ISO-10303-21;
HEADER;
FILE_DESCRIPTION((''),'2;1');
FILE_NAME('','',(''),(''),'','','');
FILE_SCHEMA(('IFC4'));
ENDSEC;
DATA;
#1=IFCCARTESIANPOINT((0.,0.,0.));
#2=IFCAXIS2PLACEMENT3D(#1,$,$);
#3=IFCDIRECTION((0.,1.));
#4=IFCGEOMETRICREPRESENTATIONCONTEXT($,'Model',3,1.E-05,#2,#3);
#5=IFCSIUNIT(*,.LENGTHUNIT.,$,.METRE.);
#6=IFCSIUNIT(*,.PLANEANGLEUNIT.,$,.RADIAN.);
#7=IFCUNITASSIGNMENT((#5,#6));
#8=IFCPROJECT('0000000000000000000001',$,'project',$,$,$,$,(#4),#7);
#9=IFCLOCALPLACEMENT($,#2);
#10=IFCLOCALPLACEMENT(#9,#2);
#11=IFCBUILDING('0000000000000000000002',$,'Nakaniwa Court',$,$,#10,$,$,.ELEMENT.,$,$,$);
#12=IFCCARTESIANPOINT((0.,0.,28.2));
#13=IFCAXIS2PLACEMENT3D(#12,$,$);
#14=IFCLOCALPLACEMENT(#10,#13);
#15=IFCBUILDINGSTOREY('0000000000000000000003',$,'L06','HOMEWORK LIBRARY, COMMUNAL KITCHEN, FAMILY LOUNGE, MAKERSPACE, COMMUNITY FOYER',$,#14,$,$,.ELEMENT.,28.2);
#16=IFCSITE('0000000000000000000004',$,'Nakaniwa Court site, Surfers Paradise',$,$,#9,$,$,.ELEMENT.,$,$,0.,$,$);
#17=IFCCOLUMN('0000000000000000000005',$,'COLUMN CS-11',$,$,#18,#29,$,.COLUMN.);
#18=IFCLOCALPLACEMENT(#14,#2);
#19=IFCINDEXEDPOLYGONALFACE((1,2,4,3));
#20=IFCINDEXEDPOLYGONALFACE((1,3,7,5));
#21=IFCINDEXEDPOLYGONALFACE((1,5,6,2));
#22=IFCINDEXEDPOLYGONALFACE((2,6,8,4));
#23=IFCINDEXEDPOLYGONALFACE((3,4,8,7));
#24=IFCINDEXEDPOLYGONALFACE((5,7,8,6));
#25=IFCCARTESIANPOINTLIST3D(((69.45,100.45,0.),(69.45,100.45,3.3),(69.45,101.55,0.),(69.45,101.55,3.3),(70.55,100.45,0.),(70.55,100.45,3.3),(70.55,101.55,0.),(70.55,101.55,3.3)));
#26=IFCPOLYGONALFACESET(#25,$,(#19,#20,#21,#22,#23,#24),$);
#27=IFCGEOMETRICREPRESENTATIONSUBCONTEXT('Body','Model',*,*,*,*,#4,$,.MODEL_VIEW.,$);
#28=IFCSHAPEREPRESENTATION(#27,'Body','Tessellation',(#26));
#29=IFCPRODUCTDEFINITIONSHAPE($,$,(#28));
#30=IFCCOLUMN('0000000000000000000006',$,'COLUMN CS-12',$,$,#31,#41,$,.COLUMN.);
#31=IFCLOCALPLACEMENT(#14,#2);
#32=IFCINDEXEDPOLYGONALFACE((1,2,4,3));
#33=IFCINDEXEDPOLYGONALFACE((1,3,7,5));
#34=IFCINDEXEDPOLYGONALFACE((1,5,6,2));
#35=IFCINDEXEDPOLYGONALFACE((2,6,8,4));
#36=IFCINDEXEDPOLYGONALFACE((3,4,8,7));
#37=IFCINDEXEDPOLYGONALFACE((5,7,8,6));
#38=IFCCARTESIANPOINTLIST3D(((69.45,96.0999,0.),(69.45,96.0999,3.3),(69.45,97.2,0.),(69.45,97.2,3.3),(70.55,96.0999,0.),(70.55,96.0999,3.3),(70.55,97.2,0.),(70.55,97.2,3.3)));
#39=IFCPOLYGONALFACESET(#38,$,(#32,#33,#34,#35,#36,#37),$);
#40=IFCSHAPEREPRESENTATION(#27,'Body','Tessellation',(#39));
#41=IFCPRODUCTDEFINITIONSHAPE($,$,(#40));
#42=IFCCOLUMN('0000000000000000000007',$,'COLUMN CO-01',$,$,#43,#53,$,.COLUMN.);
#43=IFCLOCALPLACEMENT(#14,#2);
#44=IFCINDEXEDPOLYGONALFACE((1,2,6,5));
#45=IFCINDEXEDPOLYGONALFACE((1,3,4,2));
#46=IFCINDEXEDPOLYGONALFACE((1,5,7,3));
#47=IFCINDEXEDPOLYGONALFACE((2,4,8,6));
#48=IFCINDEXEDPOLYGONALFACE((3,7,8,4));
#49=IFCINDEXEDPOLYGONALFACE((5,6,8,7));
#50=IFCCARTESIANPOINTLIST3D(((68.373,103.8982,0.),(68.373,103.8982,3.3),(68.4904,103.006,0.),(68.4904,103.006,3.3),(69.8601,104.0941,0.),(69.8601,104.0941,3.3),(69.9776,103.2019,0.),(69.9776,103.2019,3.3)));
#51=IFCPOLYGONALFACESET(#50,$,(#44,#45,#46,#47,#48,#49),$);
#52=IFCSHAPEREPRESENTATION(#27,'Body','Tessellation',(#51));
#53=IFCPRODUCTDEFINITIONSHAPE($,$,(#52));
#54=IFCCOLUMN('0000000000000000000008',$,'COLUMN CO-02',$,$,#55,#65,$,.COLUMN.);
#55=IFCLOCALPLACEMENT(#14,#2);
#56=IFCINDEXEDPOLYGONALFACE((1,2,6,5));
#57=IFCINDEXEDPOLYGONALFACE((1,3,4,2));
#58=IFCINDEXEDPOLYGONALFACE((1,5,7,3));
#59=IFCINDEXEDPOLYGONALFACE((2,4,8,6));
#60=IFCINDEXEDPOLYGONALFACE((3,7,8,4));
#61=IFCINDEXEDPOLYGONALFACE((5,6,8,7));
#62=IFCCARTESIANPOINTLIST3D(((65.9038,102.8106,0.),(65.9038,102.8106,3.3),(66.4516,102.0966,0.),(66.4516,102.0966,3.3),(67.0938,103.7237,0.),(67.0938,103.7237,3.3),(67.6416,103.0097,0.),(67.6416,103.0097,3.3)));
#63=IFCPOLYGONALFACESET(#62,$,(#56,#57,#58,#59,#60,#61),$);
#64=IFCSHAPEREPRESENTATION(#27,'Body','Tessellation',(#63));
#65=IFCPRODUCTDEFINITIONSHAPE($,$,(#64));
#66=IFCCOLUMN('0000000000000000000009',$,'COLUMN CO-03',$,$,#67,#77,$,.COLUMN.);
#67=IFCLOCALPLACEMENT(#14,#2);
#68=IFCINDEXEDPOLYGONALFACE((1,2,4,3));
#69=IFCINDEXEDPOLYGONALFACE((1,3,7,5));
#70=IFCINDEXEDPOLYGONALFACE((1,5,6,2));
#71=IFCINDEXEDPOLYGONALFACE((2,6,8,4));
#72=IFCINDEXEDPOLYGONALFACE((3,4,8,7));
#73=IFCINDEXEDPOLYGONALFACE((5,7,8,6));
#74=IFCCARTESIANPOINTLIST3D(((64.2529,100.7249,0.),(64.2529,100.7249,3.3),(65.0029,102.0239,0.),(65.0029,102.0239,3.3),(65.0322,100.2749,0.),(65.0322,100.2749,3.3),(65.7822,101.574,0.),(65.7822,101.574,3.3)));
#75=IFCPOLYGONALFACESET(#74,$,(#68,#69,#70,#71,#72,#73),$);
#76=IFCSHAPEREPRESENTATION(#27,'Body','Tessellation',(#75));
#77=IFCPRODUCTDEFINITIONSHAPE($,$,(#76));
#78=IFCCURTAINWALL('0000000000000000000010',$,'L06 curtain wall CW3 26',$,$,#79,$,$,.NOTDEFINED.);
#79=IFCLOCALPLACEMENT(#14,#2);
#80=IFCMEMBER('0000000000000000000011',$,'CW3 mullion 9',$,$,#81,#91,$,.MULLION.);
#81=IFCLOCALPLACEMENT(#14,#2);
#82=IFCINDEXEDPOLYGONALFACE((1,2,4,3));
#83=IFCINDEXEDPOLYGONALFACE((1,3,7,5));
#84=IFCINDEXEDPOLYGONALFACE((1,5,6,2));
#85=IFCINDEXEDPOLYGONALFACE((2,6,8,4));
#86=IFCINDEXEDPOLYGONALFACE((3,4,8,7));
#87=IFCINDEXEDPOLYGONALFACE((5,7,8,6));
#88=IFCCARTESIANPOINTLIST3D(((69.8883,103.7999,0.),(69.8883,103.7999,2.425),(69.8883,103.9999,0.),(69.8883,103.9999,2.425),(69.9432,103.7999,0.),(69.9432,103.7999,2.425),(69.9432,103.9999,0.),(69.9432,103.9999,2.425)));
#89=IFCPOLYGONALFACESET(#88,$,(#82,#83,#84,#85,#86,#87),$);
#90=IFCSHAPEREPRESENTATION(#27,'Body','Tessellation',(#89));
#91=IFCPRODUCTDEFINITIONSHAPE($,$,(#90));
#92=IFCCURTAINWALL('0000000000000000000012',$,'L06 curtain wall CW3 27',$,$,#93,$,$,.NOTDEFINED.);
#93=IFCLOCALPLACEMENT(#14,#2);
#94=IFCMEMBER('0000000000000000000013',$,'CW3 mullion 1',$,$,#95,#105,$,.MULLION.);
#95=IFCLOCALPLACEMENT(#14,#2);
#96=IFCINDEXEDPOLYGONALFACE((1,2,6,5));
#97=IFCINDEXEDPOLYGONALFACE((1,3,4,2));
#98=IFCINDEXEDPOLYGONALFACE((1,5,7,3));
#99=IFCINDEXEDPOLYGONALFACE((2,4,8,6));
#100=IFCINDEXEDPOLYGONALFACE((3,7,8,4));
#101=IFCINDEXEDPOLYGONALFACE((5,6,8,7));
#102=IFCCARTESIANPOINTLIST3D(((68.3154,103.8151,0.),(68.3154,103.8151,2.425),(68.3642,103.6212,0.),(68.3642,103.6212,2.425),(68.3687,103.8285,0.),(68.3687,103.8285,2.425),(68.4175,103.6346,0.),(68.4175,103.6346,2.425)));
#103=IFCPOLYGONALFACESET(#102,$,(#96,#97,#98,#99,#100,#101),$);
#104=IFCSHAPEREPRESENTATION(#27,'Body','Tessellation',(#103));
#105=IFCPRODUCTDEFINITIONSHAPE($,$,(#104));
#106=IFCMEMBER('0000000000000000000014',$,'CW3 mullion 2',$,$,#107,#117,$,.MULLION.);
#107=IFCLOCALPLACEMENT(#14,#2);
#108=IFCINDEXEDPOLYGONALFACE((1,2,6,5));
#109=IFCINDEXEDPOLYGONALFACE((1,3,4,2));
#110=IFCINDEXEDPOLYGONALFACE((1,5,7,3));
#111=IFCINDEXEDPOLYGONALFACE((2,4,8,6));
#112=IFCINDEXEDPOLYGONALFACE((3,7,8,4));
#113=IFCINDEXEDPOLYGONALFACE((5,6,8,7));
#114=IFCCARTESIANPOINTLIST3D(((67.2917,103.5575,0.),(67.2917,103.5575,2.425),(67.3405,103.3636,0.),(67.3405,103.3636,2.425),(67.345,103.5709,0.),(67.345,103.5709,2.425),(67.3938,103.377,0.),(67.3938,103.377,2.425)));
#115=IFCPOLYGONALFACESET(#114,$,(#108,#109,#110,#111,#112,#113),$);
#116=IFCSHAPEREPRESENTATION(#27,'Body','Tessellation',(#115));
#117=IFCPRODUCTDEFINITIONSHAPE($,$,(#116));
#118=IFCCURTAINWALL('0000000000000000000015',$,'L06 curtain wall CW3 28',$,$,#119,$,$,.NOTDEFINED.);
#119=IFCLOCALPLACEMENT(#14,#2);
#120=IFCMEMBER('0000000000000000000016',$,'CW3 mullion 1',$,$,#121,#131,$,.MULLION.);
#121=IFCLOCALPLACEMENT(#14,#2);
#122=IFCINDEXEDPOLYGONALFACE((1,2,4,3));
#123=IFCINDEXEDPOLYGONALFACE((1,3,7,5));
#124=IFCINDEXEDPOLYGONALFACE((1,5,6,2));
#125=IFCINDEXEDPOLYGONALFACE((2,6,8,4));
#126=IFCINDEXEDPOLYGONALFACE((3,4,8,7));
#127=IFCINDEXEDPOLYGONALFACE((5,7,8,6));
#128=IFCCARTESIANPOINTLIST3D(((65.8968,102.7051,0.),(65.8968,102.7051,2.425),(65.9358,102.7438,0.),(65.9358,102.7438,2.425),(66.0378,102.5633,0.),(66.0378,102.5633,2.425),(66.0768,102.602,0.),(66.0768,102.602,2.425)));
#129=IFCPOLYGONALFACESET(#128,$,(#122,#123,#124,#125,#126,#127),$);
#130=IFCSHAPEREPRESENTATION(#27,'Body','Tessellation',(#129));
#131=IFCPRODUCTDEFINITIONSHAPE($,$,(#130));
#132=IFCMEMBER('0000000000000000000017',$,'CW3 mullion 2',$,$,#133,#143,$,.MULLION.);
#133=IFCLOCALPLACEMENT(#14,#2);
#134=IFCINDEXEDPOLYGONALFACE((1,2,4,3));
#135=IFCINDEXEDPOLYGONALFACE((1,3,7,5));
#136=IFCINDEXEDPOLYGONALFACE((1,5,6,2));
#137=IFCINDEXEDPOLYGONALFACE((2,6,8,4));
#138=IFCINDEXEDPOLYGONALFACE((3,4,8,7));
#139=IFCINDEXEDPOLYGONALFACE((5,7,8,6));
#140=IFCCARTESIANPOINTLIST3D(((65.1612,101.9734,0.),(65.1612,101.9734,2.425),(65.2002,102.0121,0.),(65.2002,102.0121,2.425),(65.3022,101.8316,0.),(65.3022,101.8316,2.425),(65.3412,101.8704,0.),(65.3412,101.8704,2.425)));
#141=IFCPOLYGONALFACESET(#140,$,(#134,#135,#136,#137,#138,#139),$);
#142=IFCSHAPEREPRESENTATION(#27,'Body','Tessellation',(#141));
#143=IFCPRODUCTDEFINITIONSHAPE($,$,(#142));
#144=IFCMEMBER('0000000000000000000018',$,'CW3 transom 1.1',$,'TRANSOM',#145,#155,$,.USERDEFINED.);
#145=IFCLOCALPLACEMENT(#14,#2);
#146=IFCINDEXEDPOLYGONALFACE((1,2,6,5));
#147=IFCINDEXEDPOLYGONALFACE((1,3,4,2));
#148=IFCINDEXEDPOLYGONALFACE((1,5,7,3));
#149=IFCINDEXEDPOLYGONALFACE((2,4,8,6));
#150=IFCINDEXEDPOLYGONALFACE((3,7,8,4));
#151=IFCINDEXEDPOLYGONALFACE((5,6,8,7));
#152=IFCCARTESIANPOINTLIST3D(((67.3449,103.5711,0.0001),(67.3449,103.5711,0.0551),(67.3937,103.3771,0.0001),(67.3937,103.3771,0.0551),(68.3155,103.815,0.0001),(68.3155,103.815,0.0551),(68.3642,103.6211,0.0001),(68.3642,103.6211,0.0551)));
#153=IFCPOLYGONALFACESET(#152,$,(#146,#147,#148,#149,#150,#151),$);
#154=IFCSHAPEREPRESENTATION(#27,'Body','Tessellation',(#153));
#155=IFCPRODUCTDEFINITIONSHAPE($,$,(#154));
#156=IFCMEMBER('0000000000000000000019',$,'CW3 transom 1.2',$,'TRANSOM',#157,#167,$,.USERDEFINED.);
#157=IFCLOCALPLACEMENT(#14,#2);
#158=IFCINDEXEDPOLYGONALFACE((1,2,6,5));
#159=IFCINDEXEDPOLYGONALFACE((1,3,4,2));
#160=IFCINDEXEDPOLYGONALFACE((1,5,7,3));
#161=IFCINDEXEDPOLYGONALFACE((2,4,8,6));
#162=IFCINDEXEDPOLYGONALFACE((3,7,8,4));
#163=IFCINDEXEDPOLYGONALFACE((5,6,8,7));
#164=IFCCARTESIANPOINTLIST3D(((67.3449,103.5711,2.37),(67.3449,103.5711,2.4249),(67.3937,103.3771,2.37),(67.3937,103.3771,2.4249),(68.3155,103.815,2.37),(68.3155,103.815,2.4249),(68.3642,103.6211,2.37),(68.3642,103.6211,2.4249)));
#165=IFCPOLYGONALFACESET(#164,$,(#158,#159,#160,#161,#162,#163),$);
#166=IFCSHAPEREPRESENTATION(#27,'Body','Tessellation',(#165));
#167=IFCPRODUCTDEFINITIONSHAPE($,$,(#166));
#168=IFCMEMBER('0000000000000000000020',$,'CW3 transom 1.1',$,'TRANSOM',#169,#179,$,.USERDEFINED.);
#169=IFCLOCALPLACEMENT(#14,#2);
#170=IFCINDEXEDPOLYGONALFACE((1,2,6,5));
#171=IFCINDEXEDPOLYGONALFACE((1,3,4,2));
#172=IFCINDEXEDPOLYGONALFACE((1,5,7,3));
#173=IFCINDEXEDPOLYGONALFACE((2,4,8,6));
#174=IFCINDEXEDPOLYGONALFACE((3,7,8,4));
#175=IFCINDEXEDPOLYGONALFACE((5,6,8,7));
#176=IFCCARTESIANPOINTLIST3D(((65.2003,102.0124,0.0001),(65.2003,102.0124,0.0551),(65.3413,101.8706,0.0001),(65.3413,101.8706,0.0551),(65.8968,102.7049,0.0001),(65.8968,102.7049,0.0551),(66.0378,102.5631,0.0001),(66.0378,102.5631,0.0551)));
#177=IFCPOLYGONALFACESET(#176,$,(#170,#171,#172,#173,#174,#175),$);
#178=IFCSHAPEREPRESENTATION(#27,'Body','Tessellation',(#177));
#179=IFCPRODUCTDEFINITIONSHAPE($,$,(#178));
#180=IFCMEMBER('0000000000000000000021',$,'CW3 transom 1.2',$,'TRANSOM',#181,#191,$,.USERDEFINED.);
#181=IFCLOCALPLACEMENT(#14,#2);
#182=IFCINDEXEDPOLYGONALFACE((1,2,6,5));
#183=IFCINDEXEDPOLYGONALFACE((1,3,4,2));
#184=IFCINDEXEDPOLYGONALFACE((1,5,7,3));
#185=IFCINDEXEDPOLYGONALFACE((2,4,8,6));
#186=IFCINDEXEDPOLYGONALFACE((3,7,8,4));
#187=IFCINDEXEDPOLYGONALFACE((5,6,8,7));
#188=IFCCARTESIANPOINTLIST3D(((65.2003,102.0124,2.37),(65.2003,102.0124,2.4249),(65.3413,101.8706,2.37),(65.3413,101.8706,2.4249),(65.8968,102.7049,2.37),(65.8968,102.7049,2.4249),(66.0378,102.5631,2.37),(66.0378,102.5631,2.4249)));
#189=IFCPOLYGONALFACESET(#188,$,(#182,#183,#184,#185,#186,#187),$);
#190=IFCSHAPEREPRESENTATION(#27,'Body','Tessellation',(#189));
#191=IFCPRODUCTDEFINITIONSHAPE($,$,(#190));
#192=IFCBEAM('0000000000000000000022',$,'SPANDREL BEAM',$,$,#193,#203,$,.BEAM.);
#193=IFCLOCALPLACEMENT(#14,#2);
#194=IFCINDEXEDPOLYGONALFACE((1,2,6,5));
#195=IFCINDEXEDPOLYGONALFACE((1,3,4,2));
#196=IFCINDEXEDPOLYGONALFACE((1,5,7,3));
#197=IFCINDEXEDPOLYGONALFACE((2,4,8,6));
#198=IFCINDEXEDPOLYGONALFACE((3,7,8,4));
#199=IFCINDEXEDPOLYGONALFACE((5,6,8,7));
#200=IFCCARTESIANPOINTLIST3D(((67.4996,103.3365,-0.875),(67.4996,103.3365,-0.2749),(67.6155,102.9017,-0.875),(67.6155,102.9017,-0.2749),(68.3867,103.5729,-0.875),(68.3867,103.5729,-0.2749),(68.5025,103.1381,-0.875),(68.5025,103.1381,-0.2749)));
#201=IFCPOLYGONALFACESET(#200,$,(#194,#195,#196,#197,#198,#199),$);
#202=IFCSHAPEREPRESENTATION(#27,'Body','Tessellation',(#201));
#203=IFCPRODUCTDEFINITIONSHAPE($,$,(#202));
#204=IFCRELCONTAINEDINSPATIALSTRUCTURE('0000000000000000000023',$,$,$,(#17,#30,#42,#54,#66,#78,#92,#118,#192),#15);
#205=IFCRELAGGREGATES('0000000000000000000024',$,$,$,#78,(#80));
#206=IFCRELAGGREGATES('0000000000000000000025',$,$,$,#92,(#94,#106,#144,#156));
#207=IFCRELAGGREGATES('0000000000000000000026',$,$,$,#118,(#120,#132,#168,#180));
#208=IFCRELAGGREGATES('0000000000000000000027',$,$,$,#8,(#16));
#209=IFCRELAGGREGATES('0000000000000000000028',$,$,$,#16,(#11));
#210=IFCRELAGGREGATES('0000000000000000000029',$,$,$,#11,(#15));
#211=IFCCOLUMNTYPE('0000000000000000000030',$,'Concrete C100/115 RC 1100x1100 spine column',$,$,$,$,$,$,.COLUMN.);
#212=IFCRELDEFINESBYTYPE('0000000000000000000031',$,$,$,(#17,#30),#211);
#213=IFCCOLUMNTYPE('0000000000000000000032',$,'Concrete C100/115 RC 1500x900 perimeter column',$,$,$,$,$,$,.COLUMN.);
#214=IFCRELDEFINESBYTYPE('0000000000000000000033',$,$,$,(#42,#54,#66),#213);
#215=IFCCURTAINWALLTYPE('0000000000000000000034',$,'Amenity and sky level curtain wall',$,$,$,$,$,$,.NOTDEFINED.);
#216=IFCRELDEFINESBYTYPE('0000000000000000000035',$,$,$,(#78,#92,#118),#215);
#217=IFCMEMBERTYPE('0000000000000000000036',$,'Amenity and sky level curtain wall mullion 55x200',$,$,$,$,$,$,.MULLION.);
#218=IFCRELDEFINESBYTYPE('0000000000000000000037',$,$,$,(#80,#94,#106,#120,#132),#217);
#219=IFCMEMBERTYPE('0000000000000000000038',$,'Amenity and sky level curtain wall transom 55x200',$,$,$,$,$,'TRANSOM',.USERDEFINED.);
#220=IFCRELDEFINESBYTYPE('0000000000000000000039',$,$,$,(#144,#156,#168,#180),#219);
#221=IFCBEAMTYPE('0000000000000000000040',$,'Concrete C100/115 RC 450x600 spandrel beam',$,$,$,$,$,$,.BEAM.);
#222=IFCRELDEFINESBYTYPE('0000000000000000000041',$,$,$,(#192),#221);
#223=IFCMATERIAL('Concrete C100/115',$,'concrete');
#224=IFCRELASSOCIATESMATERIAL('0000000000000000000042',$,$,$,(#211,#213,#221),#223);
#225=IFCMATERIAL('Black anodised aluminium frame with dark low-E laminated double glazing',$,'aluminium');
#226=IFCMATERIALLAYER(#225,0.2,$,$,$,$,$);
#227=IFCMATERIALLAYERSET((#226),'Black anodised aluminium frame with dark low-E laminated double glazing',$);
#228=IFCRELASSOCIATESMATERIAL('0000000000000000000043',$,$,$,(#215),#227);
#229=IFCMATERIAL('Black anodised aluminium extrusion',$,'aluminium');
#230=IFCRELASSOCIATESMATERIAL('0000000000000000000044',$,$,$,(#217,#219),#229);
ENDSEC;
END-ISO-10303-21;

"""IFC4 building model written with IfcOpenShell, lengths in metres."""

from ifc_helpers import new_model, si_unit, direction, frame, origin, origin_2d, place, context, subcontext, project, spatial, rectangle, extrude, material, layer, layer_set, material_profile, profile_set, type_object, element, aggregate, save


model = new_model("IFC4")

# Units and contexts
model_context = context("Model", 3, precision=1e-05, world=origin(), true_north=direction((0.0, 1.0)))
body_context = subcontext(model_context, "Body", "Model", "MODEL_VIEW")
ifc_project = project(units=[si_unit("LENGTHUNIT", "METRE"), si_unit("PLANEANGLEUNIT", "RADIAN")], contexts=[model_context])

# Site, building, storey
site_placement = place(None, origin())
site = spatial("IfcSite", under=ifc_project, at=site_placement, Name="Nakaniwa Court site, Surfers Paradise", CompositionType="ELEMENT", RefElevation=0.0)
building_placement = place(site_placement, origin())
building = spatial("IfcBuilding", under=site, at=building_placement, Name="Nakaniwa Court", CompositionType="ELEMENT")
storey_placement = place(building_placement, frame((0.0, 0.0, 28.2)))
storey = spatial("IfcBuildingStorey", under=building, at=storey_placement, Name="L06", Description="HOMEWORK LIBRARY, COMMUNAL KITCHEN, FAMILY LOUNGE, MAKERSPACE, COMMUNITY FOYER", CompositionType="ELEMENT", Elevation=28.2)

# Columns
ifc_material_1 = material(Name="Concrete C100/115", Category="concrete")
ifc_material_profile_1 = material_profile(ifc_material_1, rectangle(XDim=1.1001, YDim=1.1001, at=origin_2d()), Name="Concrete C100/115 RC 1100x1100 spine column")
ifc_profile_set_1 = profile_set([ifc_material_profile_1], Name="Concrete C100/115")
column_type_1 = type_object("IfcColumnType", Name="Concrete C100/115 RC 1100x1100 spine column", PredefinedType="COLUMN", material=ifc_profile_set_1)
for number, where, z_axis, x_axis, name in (
    (1, (70.0, 101.0, 0.0), (0.0, 0.0, 1.0), (0.0, -1.0, 0.0), "COLUMN CS-11"),
    (2, (70.0, 96.6499, 0.0), (0.0, 0.0, 1.0), (0.0, -1.0, 0.0), "COLUMN CS-12"),
):
    element("IfcColumn", number, at=place(storey_placement, frame(where, z_axis=z_axis, x_axis=x_axis)), inside=storey, type_object=column_type_1, Name=name, PredefinedType="COLUMN", context=body_context, shape_type="SweptSolid", body=[
        extrude(rectangle(XDim=1.1001, YDim=1.1001, at=origin_2d()), origin(), (0.0, 0.0, 1.0), 3.3),
    ])
ifc_material_profile_2 = material_profile(ifc_material_1, rectangle(XDim=1.5, YDim=0.8999, at=origin_2d()), Name="Concrete C100/115 RC 1500x900 perimeter column")
ifc_profile_set_2 = profile_set([ifc_material_profile_2], Name="Concrete C100/115")
column_type_2 = type_object("IfcColumnType", Name="Concrete C100/115 RC 1500x900 perimeter column", PredefinedType="COLUMN", material=ifc_profile_set_2)
for number, where, z_axis, x_axis, name in (
    (3, (69.1753, 103.55, 0.0), (0.0, 0.0, 1.0), (-0.991443, -0.130543, 0.0), "COLUMN CO-01"),
    (4, (66.7727, 102.9102, 0.0), (0.0, 0.0, 1.0), (-0.793364, -0.608748, 0.0), "COLUMN CO-02"),
    (5, (65.0176, 101.1494, 0.0), (0.0, 0.0, 1.0), (-0.5, -0.866025, 0.0), "COLUMN CO-03"),
):
    element("IfcColumn", number, at=place(storey_placement, frame(where, z_axis=z_axis, x_axis=x_axis)), inside=storey, type_object=column_type_2, Name=name, PredefinedType="COLUMN", context=body_context, shape_type="SweptSolid", body=[
        extrude(rectangle(XDim=1.5, YDim=0.8999, at=origin_2d()), origin(), (0.0, 0.0, 1.0), 3.3),
    ])

# Curtain wall, member
ifc_material_2 = material(Name="Black anodised aluminium frame with dark low-E laminated double glazing", Category="aluminium")
ifc_layer_1 = layer(ifc_material_2, 0.2)
ifc_layer_set_1 = layer_set([ifc_layer_1], Name="Black anodised aluminium frame with dark low-E laminated double glazing")
curtain_wall_type = type_object("IfcCurtainWallType", Name="Amenity and sky level curtain wall", PredefinedType="NOTDEFINED", material=ifc_layer_set_1)
curtain_wall_1_placement = place(storey_placement, origin())
curtain_wall_1 = element("IfcCurtainWall", 6, at=curtain_wall_1_placement, inside=storey, type_object=curtain_wall_type, Name="L06 curtain wall CW3 26", PredefinedType="NOTDEFINED")
ifc_material_3 = material(Name="Black anodised aluminium extrusion", Category="aluminium")
ifc_material_profile_3 = material_profile(ifc_material_3, rectangle(XDim=0.2, YDim=0.0549, at=origin_2d()), Name="Amenity and sky level curtain wall mullion 55x200")
ifc_profile_set_3 = profile_set([ifc_material_profile_3], Name="Black anodised aluminium extrusion")
member_type_1 = type_object("IfcMemberType", Name="Amenity and sky level curtain wall mullion 55x200", PredefinedType="MULLION", material=ifc_profile_set_3)
member_1_placement = place(storey_placement, frame((69.9158, 103.8999, 0.0), z_axis=(0.0, 0.0, 1.0), x_axis=(0.0, -1.0, 0.0)))
member_1 = element("IfcMember", 7, at=member_1_placement, type_object=member_type_1, Name="CW3 mullion 9", PredefinedType="MULLION", context=body_context, shape_type="SweptSolid", body=[
    extrude(rectangle(XDim=0.2, YDim=0.0549, at=origin_2d()), origin(), (0.0, 0.0, 1.0), 2.425),
])
aggregate(curtain_wall_1, [member_1])

# Curtain walls, members
curtain_wall_2_placement = place(storey_placement, origin())
curtain_wall_2 = element("IfcCurtainWall", 8, at=curtain_wall_2_placement, inside=storey, type_object=curtain_wall_type, Name="L06 curtain wall CW3 27", PredefinedType="NOTDEFINED")
member_2_placement = place(storey_placement, frame((68.3665, 103.7249, 0.0), z_axis=(0.0, 0.0, 1.0), x_axis=(0.243934, -0.969792, 0.0)))
member_2 = element("IfcMember", 9, at=member_2_placement, type_object=member_type_1, Name="CW3 mullion 1", PredefinedType="MULLION", context=body_context, shape_type="SweptSolid", body=[
    extrude(rectangle(XDim=0.2, YDim=0.0549, at=origin_2d()), origin(), (0.0, 0.0, 1.0), 2.425),
])
member_3_placement = place(storey_placement, frame((67.3428, 103.4673, 0.0), z_axis=(0.0, 0.0, 1.0), x_axis=(0.243934, -0.969792, 0.0)))
member_3 = element("IfcMember", 10, at=member_3_placement, type_object=member_type_1, Name="CW3 mullion 2", PredefinedType="MULLION", context=body_context, shape_type="SweptSolid", body=[
    extrude(rectangle(XDim=0.2, YDim=0.0549, at=origin_2d()), origin(), (0.0, 0.0, 1.0), 2.425),
])
curtain_wall_3_placement = place(storey_placement, origin())
curtain_wall_3 = element("IfcCurtainWall", 11, at=curtain_wall_3_placement, inside=storey, type_object=curtain_wall_type, Name="L06 curtain wall CW3 28", PredefinedType="NOTDEFINED")
member_4_placement = place(storey_placement, frame((65.9868, 102.6536, 0.0), z_axis=(0.0, 0.0, 1.0), x_axis=(0.705182, -0.709026, 0.0)))
member_4 = element("IfcMember", 12, at=member_4_placement, type_object=member_type_1, Name="CW3 mullion 1", PredefinedType="MULLION", context=body_context, shape_type="SweptSolid", body=[
    extrude(rectangle(XDim=0.2, YDim=0.0549, at=origin_2d()), origin(), (0.0, 0.0, 1.0), 2.425),
])
member_5_placement = place(storey_placement, frame((65.2512, 101.9219, 0.0), z_axis=(0.0, 0.0, 1.0), x_axis=(0.705182, -0.709026, 0.0)))
member_5 = element("IfcMember", 13, at=member_5_placement, type_object=member_type_1, Name="CW3 mullion 2", PredefinedType="MULLION", context=body_context, shape_type="SweptSolid", body=[
    extrude(rectangle(XDim=0.2, YDim=0.0549, at=origin_2d()), origin(), (0.0, 0.0, 1.0), 2.425),
])

# Members
ifc_material_profile_4 = material_profile(ifc_material_3, rectangle(XDim=0.2, YDim=0.0549, at=origin_2d()), Name="Amenity and sky level curtain wall transom 55x200")
ifc_profile_set_4 = profile_set([ifc_material_profile_4], Name="Black anodised aluminium extrusion")
member_type_2 = type_object("IfcMemberType", Name="Amenity and sky level curtain wall transom 55x200", ElementType="TRANSOM", PredefinedType="USERDEFINED", material=ifc_profile_set_4)
member_6_placement = place(storey_placement, frame((68.3398, 103.718, 0.0276), z_axis=(-0.96984, -0.243741, 0.0), x_axis=(0.243741, -0.96984, 0.0)))
member_6 = element("IfcMember", 14, at=member_6_placement, type_object=member_type_2, Name="CW3 transom 1.1", ObjectType="TRANSOM", PredefinedType="USERDEFINED", context=body_context, shape_type="SweptSolid", body=[
    extrude(rectangle(XDim=0.2, YDim=0.0549, at=origin_2d()), origin(), (0.0, 0.0, 1.0), 1.0007),
])
member_7_placement = place(storey_placement, frame((68.3398, 103.718, 2.3975), z_axis=(-0.96984, -0.243741, 0.0), x_axis=(0.243741, -0.96984, 0.0)))
member_7 = element("IfcMember", 15, at=member_7_placement, type_object=member_type_2, Name="CW3 transom 1.2", ObjectType="TRANSOM", PredefinedType="USERDEFINED", context=body_context, shape_type="SweptSolid", body=[
    extrude(rectangle(XDim=0.2, YDim=0.0549, at=origin_2d()), origin(), (0.0, 0.0, 1.0), 1.0007),
])
member_8_placement = place(storey_placement, frame((65.9673, 102.634, 0.0276), z_axis=(-0.709092, -0.705116, 0.0), x_axis=(0.705116, -0.709092, 0.0)))
member_8 = element("IfcMember", 16, at=member_8_placement, type_object=member_type_2, Name="CW3 transom 1.1", ObjectType="TRANSOM", PredefinedType="USERDEFINED", context=body_context, shape_type="SweptSolid", body=[
    extrude(rectangle(XDim=0.2, YDim=0.0549, at=origin_2d()), origin(), (0.0, 0.0, 1.0), 0.9822),
])
member_9_placement = place(storey_placement, frame((65.9673, 102.634, 2.3975), z_axis=(-0.709092, -0.705116, 0.0), x_axis=(0.705116, -0.709092, 0.0)))
member_9 = element("IfcMember", 17, at=member_9_placement, type_object=member_type_2, Name="CW3 transom 1.2", ObjectType="TRANSOM", PredefinedType="USERDEFINED", context=body_context, shape_type="SweptSolid", body=[
    extrude(rectangle(XDim=0.2, YDim=0.0549, at=origin_2d()), origin(), (0.0, 0.0, 1.0), 0.9822),
])

# Beam
ifc_material_profile_5 = material_profile(ifc_material_1, rectangle(XDim=0.45, YDim=0.6001, at=origin_2d()), Name="Concrete C100/115 RC 450x600 spandrel beam")
ifc_profile_set_5 = profile_set([ifc_material_profile_5], Name="Concrete C100/115")
beam_type_1 = type_object("IfcBeamType", Name="Concrete C100/115 RC 450x600 spandrel beam", PredefinedType="BEAM", material=ifc_profile_set_5)
beam_1_placement = place(storey_placement, frame((68.4446, 103.3555, -0.575), z_axis=(-0.966288, -0.257464, 0.0), x_axis=(0.257464, -0.966288, 0.0)))
element("IfcBeam", 18, at=beam_1_placement, inside=storey, type_object=beam_type_1, Name="SPANDREL BEAM", PredefinedType="BEAM", context=body_context, shape_type="SweptSolid", body=[
    extrude(rectangle(XDim=0.45, YDim=0.6001, at=origin_2d()), origin(), (0.0, 0.0, 1.0), 0.918),
])

aggregate(curtain_wall_2, [member_2, member_3, member_6, member_7])
aggregate(curtain_wall_3, [member_4, member_5, member_8, member_9])

save(model, "model.ifc")
